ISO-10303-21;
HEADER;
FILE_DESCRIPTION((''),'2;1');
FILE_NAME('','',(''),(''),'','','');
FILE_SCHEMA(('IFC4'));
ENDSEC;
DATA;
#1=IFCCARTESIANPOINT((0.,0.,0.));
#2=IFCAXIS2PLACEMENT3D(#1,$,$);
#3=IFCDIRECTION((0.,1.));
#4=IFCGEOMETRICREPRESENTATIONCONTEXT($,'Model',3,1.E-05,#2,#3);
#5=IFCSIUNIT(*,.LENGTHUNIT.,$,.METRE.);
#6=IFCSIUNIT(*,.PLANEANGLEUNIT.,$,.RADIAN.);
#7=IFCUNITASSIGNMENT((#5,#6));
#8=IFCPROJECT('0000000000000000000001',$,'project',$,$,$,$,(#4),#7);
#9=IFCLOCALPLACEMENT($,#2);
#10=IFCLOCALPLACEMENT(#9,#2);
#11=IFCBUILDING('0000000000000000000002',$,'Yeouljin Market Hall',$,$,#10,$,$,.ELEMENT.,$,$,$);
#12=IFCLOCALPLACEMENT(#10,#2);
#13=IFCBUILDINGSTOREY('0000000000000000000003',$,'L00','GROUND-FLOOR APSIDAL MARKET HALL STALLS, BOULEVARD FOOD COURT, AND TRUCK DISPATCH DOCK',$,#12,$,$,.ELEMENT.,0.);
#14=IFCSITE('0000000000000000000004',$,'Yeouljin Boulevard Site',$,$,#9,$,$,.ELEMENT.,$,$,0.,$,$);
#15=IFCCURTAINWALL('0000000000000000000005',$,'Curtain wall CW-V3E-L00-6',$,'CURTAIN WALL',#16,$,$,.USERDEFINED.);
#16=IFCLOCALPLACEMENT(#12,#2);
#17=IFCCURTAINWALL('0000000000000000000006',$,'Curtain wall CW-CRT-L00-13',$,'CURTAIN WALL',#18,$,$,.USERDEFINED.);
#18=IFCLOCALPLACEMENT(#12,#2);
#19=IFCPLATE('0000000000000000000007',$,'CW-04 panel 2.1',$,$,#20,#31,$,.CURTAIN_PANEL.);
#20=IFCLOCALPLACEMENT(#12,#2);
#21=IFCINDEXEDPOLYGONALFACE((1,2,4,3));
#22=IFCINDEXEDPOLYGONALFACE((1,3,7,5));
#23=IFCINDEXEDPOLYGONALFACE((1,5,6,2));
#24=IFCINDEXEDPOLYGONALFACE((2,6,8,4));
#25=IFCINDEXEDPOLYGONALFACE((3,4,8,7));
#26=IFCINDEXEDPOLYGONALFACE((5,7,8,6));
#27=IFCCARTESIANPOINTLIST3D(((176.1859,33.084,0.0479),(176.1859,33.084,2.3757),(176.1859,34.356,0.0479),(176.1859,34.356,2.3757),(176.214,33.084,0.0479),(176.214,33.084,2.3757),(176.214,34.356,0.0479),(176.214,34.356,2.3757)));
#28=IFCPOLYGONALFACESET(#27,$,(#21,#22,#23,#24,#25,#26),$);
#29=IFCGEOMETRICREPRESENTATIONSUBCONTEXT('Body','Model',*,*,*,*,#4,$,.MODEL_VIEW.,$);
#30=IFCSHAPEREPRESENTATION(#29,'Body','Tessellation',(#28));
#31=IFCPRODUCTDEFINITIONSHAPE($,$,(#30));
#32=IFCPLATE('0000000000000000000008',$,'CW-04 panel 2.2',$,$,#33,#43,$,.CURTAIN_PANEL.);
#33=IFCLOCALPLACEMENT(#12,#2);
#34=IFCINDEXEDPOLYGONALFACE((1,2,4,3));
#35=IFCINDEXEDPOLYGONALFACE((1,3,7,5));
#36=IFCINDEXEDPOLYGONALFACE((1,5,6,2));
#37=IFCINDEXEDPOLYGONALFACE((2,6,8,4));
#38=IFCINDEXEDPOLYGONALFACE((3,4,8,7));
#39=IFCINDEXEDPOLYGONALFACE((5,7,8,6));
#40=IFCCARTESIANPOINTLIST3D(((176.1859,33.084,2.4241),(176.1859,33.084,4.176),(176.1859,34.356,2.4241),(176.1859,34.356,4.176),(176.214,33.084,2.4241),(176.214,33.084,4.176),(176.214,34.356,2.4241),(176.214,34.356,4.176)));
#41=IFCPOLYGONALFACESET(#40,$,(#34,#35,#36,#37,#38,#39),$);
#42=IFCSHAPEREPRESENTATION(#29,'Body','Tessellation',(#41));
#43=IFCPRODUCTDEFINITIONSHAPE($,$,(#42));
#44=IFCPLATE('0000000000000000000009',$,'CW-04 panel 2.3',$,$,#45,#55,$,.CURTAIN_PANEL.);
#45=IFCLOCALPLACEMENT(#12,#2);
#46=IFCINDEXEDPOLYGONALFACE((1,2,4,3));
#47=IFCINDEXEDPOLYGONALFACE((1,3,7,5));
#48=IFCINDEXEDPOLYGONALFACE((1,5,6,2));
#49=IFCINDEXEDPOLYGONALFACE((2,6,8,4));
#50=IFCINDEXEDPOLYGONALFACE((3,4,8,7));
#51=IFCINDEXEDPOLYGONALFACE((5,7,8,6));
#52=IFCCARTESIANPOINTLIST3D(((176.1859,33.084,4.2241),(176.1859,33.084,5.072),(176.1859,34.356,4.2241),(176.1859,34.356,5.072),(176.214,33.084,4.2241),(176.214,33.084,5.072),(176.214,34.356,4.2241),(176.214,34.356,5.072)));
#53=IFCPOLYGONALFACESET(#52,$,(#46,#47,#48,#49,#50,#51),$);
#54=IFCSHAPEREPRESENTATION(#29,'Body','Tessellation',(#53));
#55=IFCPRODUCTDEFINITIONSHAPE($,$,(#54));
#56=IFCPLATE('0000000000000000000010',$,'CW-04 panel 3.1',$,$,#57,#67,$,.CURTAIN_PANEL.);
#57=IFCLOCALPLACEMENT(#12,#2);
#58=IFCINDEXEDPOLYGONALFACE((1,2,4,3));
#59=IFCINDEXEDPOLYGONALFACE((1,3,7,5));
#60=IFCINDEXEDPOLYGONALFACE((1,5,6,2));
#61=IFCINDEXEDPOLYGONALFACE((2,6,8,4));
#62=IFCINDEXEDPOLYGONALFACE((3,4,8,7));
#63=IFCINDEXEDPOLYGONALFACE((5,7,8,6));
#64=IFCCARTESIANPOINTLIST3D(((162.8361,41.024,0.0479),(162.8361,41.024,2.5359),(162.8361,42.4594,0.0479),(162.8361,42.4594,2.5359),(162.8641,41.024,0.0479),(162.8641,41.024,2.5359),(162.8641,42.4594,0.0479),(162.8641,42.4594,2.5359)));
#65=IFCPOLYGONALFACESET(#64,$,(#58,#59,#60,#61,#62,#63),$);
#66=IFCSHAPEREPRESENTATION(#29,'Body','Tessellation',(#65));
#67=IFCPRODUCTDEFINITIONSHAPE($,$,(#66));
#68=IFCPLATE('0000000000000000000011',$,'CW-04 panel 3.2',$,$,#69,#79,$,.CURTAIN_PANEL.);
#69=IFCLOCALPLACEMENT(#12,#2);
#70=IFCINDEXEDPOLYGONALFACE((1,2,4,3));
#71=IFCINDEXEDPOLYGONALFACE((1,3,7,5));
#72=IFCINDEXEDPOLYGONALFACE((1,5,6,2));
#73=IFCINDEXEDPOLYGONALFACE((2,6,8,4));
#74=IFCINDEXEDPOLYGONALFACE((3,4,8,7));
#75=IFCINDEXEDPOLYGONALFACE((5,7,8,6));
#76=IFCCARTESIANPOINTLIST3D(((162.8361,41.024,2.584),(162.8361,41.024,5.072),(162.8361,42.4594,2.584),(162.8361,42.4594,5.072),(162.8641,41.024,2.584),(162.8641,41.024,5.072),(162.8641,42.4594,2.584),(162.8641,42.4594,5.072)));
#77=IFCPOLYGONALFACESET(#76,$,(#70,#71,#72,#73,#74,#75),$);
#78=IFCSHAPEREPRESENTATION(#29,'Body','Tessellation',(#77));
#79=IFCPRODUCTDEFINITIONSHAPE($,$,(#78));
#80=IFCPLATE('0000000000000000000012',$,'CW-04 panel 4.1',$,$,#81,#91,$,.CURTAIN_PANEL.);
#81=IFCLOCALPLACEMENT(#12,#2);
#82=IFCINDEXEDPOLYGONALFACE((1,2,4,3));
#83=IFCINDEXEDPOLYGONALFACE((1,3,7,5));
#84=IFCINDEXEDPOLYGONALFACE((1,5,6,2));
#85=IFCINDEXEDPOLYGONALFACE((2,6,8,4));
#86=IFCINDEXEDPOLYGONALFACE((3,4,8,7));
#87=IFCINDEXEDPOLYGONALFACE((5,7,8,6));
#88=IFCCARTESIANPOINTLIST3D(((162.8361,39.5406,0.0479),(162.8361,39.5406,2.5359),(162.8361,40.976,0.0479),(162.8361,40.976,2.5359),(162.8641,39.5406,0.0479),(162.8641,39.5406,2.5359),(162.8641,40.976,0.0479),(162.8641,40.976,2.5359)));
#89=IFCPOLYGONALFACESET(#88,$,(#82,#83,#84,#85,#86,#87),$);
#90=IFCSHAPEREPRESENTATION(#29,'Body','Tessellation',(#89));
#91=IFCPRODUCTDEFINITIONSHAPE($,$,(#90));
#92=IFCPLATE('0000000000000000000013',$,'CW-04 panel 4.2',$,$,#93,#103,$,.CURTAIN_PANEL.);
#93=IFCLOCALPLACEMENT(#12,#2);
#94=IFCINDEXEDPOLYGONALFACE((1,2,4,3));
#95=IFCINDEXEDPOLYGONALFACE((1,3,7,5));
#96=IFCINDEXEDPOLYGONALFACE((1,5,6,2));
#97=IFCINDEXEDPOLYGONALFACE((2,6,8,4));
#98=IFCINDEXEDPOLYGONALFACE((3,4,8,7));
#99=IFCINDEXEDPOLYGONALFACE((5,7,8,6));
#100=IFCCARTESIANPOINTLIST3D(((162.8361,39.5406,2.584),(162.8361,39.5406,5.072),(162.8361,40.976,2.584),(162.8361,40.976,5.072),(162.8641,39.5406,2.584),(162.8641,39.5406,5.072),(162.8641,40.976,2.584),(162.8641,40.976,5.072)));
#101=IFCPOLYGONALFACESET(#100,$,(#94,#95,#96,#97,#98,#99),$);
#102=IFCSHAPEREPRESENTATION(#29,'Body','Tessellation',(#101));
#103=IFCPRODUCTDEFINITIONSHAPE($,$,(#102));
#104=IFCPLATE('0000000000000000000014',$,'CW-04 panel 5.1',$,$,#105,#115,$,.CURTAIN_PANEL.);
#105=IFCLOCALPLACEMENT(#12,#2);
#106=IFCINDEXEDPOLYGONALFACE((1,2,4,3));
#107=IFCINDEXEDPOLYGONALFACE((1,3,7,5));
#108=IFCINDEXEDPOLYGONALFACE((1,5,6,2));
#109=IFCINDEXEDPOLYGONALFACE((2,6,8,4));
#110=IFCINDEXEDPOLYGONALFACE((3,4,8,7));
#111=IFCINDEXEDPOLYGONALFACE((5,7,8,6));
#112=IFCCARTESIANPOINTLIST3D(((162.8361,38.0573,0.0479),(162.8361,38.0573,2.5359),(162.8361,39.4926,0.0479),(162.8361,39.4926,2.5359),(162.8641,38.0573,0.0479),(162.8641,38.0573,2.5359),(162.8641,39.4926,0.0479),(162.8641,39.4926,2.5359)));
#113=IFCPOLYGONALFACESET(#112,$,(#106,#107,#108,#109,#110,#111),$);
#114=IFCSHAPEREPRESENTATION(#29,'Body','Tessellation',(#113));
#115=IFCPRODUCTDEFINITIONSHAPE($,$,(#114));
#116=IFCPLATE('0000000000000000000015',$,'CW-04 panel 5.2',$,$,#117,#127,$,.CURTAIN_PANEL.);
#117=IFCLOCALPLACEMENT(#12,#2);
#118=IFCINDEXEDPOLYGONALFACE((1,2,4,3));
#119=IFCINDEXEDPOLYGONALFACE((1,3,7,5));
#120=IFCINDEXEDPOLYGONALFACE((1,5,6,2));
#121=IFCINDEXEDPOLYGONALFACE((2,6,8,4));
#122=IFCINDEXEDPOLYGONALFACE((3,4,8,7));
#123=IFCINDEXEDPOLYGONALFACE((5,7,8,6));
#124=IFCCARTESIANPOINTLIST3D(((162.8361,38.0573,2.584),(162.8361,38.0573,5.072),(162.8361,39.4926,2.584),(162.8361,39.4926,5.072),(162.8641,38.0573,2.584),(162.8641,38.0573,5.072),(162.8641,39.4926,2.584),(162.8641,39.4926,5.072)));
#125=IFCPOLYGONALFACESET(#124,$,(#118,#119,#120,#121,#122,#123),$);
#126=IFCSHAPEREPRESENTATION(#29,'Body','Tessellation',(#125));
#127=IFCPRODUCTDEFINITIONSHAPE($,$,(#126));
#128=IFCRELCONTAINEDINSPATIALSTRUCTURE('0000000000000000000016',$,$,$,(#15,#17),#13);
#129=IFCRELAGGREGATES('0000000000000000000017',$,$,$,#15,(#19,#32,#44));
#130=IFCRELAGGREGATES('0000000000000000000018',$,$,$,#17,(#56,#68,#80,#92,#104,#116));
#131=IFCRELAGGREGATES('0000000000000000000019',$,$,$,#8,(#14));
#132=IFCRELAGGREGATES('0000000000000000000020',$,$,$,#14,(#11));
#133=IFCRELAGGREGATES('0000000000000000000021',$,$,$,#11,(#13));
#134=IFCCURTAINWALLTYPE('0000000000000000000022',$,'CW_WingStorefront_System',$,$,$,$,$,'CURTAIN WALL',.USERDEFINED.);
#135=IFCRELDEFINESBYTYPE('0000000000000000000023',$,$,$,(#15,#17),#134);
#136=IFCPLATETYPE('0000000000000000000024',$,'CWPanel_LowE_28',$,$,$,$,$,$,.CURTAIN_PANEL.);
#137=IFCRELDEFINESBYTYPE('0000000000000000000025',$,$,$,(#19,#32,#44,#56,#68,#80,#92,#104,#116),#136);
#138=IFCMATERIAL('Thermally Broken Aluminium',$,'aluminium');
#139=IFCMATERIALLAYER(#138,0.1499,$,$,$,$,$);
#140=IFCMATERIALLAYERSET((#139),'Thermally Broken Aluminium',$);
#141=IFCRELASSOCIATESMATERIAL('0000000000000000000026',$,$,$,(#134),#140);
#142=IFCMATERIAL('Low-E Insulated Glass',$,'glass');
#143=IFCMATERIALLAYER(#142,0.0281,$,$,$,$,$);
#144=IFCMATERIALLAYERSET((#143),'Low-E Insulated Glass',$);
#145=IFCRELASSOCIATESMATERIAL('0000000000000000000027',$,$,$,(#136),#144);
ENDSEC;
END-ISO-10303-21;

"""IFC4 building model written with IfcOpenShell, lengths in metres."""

from ifc_helpers import new_model, si_unit, direction, frame, origin, origin_2d, place, context, subcontext, project, spatial, rectangle, extrude, material, layer, layer_set, type_object, element, aggregate, save


model = new_model("IFC4")

# Units and contexts
model_context = context("Model", 3, precision=1e-05, world=origin(), true_north=direction((0.0, 1.0)))
body_context = subcontext(model_context, "Body", "Model", "MODEL_VIEW")
ifc_project = project(units=[si_unit("LENGTHUNIT", "METRE"), si_unit("PLANEANGLEUNIT", "RADIAN")], contexts=[model_context])

# Site, building, storey
site_placement = place(None, origin())
site = spatial("IfcSite", under=ifc_project, at=site_placement, Name="Yeouljin Boulevard Site", CompositionType="ELEMENT", RefElevation=0.0)
building_placement = place(site_placement, origin())
building = spatial("IfcBuilding", under=site, at=building_placement, Name="Yeouljin Market Hall", CompositionType="ELEMENT")
storey_placement = place(building_placement, origin())
storey = spatial("IfcBuildingStorey", under=building, at=storey_placement, Name="L00", Description="GROUND-FLOOR APSIDAL MARKET HALL STALLS, BOULEVARD FOOD COURT, AND TRUCK DISPATCH DOCK", CompositionType="ELEMENT", Elevation=0.0)

# Curtain walls
ifc_material_1 = material(Name="Thermally Broken Aluminium", Category="aluminium")
ifc_layer_1 = layer(ifc_material_1, 0.1499)
ifc_layer_set_1 = layer_set([ifc_layer_1], Name="Thermally Broken Aluminium")
curtain_wall_type = type_object("IfcCurtainWallType", Name="CW_WingStorefront_System", ElementType="CURTAIN WALL", PredefinedType="USERDEFINED", material=ifc_layer_set_1)
curtain_wall_1_placement = place(storey_placement, origin())
curtain_wall_1 = element("IfcCurtainWall", 1, at=curtain_wall_1_placement, inside=storey, type_object=curtain_wall_type, Name="Curtain wall CW-V3E-L00-6", ObjectType="CURTAIN WALL", PredefinedType="USERDEFINED")
curtain_wall_2_placement = place(storey_placement, origin())
curtain_wall_2 = element("IfcCurtainWall", 2, at=curtain_wall_2_placement, inside=storey, type_object=curtain_wall_type, Name="Curtain wall CW-CRT-L00-13", ObjectType="CURTAIN WALL", PredefinedType="USERDEFINED")

# Plates
ifc_material_2 = material(Name="Low-E Insulated Glass", Category="glass")
ifc_layer_2 = layer(ifc_material_2, 0.0281)
ifc_layer_set_2 = layer_set([ifc_layer_2], Name="Low-E Insulated Glass")
plate_type = type_object("IfcPlateType", Name="CWPanel_LowE_28", PredefinedType="CURTAIN_PANEL", material=ifc_layer_set_2)
plate_1_placement = place(storey_placement, frame((176.2, 33.72, 0.0479), z_axis=(0.0, 0.0, 1.0), x_axis=(0.0, -1.0, 0.0)))
plate_1 = element("IfcPlate", 3, at=plate_1_placement, type_object=plate_type, Name="CW-04 panel 2.1", PredefinedType="CURTAIN_PANEL", context=body_context, shape_type="SweptSolid", body=[
    extrude(rectangle(XDim=1.272, YDim=0.0281, at=origin_2d()), origin(), (0.0, 0.0, 1.0), 2.3279),
])
plate_2_placement = place(storey_placement, frame((176.2, 33.72, 2.4241), z_axis=(0.0, 0.0, 1.0), x_axis=(0.0, -1.0, 0.0)))
plate_2 = element("IfcPlate", 4, at=plate_2_placement, type_object=plate_type, Name="CW-04 panel 2.2", PredefinedType="CURTAIN_PANEL", context=body_context, shape_type="SweptSolid", body=[
    extrude(rectangle(XDim=1.272, YDim=0.0281, at=origin_2d()), origin(), (0.0, 0.0, 1.0), 1.752),
])
plate_3_placement = place(storey_placement, frame((176.2, 33.72, 4.2241), z_axis=(0.0, 0.0, 1.0), x_axis=(0.0, -1.0, 0.0)))
plate_3 = element("IfcPlate", 5, at=plate_3_placement, type_object=plate_type, Name="CW-04 panel 2.3", PredefinedType="CURTAIN_PANEL", context=body_context, shape_type="SweptSolid", body=[
    extrude(rectangle(XDim=1.272, YDim=0.0281, at=origin_2d()), origin(), (0.0, 0.0, 1.0), 0.8479),
])
aggregate(curtain_wall_1, [plate_1, plate_2, plate_3])
plate_4_placement = place(storey_placement, frame((162.8501, 41.7417, 0.0479), z_axis=(0.0, 0.0, 1.0), x_axis=(0.0, -1.0, 0.0)))
plate_4 = element("IfcPlate", 6, at=plate_4_placement, type_object=plate_type, Name="CW-04 panel 3.1", PredefinedType="CURTAIN_PANEL", context=body_context, shape_type="SweptSolid", body=[
    extrude(rectangle(XDim=1.4353, YDim=0.0281, at=origin_2d()), origin(), (0.0, 0.0, 1.0), 2.488),
])
plate_5_placement = place(storey_placement, frame((162.8501, 41.7417, 2.584), z_axis=(0.0, 0.0, 1.0), x_axis=(0.0, -1.0, 0.0)))
plate_5 = element("IfcPlate", 7, at=plate_5_placement, type_object=plate_type, Name="CW-04 panel 3.2", PredefinedType="CURTAIN_PANEL", context=body_context, shape_type="SweptSolid", body=[
    extrude(rectangle(XDim=1.4353, YDim=0.0281, at=origin_2d()), origin(), (0.0, 0.0, 1.0), 2.488),
])
plate_6_placement = place(storey_placement, frame((162.8501, 40.2583, 0.0479), z_axis=(0.0, 0.0, 1.0), x_axis=(0.0, -1.0, 0.0)))
plate_6 = element("IfcPlate", 8, at=plate_6_placement, type_object=plate_type, Name="CW-04 panel 4.1", PredefinedType="CURTAIN_PANEL", context=body_context, shape_type="SweptSolid", body=[
    extrude(rectangle(XDim=1.4353, YDim=0.0281, at=origin_2d()), origin(), (0.0, 0.0, 1.0), 2.488),
])
plate_7_placement = place(storey_placement, frame((162.8501, 40.2583, 2.584), z_axis=(0.0, 0.0, 1.0), x_axis=(0.0, -1.0, 0.0)))
plate_7 = element("IfcPlate", 9, at=plate_7_placement, type_object=plate_type, Name="CW-04 panel 4.2", PredefinedType="CURTAIN_PANEL", context=body_context, shape_type="SweptSolid", body=[
    extrude(rectangle(XDim=1.4353, YDim=0.0281, at=origin_2d()), origin(), (0.0, 0.0, 1.0), 2.488),
])
plate_8_placement = place(storey_placement, frame((162.8501, 38.7749, 0.0479), z_axis=(0.0, 0.0, 1.0), x_axis=(0.0, -1.0, 0.0)))
plate_8 = element("IfcPlate", 10, at=plate_8_placement, type_object=plate_type, Name="CW-04 panel 5.1", PredefinedType="CURTAIN_PANEL", context=body_context, shape_type="SweptSolid", body=[
    extrude(rectangle(XDim=1.4353, YDim=0.0281, at=origin_2d()), origin(), (0.0, 0.0, 1.0), 2.488),
])
plate_9_placement = place(storey_placement, frame((162.8501, 38.7749, 2.584), z_axis=(0.0, 0.0, 1.0), x_axis=(0.0, -1.0, 0.0)))
plate_9 = element("IfcPlate", 11, at=plate_9_placement, type_object=plate_type, Name="CW-04 panel 5.2", PredefinedType="CURTAIN_PANEL", context=body_context, shape_type="SweptSolid", body=[
    extrude(rectangle(XDim=1.4353, YDim=0.0281, at=origin_2d()), origin(), (0.0, 0.0, 1.0), 2.488),
])
aggregate(curtain_wall_2, [plate_4, plate_5, plate_6, plate_7, plate_8, plate_9])

save(model, "model.ifc")
